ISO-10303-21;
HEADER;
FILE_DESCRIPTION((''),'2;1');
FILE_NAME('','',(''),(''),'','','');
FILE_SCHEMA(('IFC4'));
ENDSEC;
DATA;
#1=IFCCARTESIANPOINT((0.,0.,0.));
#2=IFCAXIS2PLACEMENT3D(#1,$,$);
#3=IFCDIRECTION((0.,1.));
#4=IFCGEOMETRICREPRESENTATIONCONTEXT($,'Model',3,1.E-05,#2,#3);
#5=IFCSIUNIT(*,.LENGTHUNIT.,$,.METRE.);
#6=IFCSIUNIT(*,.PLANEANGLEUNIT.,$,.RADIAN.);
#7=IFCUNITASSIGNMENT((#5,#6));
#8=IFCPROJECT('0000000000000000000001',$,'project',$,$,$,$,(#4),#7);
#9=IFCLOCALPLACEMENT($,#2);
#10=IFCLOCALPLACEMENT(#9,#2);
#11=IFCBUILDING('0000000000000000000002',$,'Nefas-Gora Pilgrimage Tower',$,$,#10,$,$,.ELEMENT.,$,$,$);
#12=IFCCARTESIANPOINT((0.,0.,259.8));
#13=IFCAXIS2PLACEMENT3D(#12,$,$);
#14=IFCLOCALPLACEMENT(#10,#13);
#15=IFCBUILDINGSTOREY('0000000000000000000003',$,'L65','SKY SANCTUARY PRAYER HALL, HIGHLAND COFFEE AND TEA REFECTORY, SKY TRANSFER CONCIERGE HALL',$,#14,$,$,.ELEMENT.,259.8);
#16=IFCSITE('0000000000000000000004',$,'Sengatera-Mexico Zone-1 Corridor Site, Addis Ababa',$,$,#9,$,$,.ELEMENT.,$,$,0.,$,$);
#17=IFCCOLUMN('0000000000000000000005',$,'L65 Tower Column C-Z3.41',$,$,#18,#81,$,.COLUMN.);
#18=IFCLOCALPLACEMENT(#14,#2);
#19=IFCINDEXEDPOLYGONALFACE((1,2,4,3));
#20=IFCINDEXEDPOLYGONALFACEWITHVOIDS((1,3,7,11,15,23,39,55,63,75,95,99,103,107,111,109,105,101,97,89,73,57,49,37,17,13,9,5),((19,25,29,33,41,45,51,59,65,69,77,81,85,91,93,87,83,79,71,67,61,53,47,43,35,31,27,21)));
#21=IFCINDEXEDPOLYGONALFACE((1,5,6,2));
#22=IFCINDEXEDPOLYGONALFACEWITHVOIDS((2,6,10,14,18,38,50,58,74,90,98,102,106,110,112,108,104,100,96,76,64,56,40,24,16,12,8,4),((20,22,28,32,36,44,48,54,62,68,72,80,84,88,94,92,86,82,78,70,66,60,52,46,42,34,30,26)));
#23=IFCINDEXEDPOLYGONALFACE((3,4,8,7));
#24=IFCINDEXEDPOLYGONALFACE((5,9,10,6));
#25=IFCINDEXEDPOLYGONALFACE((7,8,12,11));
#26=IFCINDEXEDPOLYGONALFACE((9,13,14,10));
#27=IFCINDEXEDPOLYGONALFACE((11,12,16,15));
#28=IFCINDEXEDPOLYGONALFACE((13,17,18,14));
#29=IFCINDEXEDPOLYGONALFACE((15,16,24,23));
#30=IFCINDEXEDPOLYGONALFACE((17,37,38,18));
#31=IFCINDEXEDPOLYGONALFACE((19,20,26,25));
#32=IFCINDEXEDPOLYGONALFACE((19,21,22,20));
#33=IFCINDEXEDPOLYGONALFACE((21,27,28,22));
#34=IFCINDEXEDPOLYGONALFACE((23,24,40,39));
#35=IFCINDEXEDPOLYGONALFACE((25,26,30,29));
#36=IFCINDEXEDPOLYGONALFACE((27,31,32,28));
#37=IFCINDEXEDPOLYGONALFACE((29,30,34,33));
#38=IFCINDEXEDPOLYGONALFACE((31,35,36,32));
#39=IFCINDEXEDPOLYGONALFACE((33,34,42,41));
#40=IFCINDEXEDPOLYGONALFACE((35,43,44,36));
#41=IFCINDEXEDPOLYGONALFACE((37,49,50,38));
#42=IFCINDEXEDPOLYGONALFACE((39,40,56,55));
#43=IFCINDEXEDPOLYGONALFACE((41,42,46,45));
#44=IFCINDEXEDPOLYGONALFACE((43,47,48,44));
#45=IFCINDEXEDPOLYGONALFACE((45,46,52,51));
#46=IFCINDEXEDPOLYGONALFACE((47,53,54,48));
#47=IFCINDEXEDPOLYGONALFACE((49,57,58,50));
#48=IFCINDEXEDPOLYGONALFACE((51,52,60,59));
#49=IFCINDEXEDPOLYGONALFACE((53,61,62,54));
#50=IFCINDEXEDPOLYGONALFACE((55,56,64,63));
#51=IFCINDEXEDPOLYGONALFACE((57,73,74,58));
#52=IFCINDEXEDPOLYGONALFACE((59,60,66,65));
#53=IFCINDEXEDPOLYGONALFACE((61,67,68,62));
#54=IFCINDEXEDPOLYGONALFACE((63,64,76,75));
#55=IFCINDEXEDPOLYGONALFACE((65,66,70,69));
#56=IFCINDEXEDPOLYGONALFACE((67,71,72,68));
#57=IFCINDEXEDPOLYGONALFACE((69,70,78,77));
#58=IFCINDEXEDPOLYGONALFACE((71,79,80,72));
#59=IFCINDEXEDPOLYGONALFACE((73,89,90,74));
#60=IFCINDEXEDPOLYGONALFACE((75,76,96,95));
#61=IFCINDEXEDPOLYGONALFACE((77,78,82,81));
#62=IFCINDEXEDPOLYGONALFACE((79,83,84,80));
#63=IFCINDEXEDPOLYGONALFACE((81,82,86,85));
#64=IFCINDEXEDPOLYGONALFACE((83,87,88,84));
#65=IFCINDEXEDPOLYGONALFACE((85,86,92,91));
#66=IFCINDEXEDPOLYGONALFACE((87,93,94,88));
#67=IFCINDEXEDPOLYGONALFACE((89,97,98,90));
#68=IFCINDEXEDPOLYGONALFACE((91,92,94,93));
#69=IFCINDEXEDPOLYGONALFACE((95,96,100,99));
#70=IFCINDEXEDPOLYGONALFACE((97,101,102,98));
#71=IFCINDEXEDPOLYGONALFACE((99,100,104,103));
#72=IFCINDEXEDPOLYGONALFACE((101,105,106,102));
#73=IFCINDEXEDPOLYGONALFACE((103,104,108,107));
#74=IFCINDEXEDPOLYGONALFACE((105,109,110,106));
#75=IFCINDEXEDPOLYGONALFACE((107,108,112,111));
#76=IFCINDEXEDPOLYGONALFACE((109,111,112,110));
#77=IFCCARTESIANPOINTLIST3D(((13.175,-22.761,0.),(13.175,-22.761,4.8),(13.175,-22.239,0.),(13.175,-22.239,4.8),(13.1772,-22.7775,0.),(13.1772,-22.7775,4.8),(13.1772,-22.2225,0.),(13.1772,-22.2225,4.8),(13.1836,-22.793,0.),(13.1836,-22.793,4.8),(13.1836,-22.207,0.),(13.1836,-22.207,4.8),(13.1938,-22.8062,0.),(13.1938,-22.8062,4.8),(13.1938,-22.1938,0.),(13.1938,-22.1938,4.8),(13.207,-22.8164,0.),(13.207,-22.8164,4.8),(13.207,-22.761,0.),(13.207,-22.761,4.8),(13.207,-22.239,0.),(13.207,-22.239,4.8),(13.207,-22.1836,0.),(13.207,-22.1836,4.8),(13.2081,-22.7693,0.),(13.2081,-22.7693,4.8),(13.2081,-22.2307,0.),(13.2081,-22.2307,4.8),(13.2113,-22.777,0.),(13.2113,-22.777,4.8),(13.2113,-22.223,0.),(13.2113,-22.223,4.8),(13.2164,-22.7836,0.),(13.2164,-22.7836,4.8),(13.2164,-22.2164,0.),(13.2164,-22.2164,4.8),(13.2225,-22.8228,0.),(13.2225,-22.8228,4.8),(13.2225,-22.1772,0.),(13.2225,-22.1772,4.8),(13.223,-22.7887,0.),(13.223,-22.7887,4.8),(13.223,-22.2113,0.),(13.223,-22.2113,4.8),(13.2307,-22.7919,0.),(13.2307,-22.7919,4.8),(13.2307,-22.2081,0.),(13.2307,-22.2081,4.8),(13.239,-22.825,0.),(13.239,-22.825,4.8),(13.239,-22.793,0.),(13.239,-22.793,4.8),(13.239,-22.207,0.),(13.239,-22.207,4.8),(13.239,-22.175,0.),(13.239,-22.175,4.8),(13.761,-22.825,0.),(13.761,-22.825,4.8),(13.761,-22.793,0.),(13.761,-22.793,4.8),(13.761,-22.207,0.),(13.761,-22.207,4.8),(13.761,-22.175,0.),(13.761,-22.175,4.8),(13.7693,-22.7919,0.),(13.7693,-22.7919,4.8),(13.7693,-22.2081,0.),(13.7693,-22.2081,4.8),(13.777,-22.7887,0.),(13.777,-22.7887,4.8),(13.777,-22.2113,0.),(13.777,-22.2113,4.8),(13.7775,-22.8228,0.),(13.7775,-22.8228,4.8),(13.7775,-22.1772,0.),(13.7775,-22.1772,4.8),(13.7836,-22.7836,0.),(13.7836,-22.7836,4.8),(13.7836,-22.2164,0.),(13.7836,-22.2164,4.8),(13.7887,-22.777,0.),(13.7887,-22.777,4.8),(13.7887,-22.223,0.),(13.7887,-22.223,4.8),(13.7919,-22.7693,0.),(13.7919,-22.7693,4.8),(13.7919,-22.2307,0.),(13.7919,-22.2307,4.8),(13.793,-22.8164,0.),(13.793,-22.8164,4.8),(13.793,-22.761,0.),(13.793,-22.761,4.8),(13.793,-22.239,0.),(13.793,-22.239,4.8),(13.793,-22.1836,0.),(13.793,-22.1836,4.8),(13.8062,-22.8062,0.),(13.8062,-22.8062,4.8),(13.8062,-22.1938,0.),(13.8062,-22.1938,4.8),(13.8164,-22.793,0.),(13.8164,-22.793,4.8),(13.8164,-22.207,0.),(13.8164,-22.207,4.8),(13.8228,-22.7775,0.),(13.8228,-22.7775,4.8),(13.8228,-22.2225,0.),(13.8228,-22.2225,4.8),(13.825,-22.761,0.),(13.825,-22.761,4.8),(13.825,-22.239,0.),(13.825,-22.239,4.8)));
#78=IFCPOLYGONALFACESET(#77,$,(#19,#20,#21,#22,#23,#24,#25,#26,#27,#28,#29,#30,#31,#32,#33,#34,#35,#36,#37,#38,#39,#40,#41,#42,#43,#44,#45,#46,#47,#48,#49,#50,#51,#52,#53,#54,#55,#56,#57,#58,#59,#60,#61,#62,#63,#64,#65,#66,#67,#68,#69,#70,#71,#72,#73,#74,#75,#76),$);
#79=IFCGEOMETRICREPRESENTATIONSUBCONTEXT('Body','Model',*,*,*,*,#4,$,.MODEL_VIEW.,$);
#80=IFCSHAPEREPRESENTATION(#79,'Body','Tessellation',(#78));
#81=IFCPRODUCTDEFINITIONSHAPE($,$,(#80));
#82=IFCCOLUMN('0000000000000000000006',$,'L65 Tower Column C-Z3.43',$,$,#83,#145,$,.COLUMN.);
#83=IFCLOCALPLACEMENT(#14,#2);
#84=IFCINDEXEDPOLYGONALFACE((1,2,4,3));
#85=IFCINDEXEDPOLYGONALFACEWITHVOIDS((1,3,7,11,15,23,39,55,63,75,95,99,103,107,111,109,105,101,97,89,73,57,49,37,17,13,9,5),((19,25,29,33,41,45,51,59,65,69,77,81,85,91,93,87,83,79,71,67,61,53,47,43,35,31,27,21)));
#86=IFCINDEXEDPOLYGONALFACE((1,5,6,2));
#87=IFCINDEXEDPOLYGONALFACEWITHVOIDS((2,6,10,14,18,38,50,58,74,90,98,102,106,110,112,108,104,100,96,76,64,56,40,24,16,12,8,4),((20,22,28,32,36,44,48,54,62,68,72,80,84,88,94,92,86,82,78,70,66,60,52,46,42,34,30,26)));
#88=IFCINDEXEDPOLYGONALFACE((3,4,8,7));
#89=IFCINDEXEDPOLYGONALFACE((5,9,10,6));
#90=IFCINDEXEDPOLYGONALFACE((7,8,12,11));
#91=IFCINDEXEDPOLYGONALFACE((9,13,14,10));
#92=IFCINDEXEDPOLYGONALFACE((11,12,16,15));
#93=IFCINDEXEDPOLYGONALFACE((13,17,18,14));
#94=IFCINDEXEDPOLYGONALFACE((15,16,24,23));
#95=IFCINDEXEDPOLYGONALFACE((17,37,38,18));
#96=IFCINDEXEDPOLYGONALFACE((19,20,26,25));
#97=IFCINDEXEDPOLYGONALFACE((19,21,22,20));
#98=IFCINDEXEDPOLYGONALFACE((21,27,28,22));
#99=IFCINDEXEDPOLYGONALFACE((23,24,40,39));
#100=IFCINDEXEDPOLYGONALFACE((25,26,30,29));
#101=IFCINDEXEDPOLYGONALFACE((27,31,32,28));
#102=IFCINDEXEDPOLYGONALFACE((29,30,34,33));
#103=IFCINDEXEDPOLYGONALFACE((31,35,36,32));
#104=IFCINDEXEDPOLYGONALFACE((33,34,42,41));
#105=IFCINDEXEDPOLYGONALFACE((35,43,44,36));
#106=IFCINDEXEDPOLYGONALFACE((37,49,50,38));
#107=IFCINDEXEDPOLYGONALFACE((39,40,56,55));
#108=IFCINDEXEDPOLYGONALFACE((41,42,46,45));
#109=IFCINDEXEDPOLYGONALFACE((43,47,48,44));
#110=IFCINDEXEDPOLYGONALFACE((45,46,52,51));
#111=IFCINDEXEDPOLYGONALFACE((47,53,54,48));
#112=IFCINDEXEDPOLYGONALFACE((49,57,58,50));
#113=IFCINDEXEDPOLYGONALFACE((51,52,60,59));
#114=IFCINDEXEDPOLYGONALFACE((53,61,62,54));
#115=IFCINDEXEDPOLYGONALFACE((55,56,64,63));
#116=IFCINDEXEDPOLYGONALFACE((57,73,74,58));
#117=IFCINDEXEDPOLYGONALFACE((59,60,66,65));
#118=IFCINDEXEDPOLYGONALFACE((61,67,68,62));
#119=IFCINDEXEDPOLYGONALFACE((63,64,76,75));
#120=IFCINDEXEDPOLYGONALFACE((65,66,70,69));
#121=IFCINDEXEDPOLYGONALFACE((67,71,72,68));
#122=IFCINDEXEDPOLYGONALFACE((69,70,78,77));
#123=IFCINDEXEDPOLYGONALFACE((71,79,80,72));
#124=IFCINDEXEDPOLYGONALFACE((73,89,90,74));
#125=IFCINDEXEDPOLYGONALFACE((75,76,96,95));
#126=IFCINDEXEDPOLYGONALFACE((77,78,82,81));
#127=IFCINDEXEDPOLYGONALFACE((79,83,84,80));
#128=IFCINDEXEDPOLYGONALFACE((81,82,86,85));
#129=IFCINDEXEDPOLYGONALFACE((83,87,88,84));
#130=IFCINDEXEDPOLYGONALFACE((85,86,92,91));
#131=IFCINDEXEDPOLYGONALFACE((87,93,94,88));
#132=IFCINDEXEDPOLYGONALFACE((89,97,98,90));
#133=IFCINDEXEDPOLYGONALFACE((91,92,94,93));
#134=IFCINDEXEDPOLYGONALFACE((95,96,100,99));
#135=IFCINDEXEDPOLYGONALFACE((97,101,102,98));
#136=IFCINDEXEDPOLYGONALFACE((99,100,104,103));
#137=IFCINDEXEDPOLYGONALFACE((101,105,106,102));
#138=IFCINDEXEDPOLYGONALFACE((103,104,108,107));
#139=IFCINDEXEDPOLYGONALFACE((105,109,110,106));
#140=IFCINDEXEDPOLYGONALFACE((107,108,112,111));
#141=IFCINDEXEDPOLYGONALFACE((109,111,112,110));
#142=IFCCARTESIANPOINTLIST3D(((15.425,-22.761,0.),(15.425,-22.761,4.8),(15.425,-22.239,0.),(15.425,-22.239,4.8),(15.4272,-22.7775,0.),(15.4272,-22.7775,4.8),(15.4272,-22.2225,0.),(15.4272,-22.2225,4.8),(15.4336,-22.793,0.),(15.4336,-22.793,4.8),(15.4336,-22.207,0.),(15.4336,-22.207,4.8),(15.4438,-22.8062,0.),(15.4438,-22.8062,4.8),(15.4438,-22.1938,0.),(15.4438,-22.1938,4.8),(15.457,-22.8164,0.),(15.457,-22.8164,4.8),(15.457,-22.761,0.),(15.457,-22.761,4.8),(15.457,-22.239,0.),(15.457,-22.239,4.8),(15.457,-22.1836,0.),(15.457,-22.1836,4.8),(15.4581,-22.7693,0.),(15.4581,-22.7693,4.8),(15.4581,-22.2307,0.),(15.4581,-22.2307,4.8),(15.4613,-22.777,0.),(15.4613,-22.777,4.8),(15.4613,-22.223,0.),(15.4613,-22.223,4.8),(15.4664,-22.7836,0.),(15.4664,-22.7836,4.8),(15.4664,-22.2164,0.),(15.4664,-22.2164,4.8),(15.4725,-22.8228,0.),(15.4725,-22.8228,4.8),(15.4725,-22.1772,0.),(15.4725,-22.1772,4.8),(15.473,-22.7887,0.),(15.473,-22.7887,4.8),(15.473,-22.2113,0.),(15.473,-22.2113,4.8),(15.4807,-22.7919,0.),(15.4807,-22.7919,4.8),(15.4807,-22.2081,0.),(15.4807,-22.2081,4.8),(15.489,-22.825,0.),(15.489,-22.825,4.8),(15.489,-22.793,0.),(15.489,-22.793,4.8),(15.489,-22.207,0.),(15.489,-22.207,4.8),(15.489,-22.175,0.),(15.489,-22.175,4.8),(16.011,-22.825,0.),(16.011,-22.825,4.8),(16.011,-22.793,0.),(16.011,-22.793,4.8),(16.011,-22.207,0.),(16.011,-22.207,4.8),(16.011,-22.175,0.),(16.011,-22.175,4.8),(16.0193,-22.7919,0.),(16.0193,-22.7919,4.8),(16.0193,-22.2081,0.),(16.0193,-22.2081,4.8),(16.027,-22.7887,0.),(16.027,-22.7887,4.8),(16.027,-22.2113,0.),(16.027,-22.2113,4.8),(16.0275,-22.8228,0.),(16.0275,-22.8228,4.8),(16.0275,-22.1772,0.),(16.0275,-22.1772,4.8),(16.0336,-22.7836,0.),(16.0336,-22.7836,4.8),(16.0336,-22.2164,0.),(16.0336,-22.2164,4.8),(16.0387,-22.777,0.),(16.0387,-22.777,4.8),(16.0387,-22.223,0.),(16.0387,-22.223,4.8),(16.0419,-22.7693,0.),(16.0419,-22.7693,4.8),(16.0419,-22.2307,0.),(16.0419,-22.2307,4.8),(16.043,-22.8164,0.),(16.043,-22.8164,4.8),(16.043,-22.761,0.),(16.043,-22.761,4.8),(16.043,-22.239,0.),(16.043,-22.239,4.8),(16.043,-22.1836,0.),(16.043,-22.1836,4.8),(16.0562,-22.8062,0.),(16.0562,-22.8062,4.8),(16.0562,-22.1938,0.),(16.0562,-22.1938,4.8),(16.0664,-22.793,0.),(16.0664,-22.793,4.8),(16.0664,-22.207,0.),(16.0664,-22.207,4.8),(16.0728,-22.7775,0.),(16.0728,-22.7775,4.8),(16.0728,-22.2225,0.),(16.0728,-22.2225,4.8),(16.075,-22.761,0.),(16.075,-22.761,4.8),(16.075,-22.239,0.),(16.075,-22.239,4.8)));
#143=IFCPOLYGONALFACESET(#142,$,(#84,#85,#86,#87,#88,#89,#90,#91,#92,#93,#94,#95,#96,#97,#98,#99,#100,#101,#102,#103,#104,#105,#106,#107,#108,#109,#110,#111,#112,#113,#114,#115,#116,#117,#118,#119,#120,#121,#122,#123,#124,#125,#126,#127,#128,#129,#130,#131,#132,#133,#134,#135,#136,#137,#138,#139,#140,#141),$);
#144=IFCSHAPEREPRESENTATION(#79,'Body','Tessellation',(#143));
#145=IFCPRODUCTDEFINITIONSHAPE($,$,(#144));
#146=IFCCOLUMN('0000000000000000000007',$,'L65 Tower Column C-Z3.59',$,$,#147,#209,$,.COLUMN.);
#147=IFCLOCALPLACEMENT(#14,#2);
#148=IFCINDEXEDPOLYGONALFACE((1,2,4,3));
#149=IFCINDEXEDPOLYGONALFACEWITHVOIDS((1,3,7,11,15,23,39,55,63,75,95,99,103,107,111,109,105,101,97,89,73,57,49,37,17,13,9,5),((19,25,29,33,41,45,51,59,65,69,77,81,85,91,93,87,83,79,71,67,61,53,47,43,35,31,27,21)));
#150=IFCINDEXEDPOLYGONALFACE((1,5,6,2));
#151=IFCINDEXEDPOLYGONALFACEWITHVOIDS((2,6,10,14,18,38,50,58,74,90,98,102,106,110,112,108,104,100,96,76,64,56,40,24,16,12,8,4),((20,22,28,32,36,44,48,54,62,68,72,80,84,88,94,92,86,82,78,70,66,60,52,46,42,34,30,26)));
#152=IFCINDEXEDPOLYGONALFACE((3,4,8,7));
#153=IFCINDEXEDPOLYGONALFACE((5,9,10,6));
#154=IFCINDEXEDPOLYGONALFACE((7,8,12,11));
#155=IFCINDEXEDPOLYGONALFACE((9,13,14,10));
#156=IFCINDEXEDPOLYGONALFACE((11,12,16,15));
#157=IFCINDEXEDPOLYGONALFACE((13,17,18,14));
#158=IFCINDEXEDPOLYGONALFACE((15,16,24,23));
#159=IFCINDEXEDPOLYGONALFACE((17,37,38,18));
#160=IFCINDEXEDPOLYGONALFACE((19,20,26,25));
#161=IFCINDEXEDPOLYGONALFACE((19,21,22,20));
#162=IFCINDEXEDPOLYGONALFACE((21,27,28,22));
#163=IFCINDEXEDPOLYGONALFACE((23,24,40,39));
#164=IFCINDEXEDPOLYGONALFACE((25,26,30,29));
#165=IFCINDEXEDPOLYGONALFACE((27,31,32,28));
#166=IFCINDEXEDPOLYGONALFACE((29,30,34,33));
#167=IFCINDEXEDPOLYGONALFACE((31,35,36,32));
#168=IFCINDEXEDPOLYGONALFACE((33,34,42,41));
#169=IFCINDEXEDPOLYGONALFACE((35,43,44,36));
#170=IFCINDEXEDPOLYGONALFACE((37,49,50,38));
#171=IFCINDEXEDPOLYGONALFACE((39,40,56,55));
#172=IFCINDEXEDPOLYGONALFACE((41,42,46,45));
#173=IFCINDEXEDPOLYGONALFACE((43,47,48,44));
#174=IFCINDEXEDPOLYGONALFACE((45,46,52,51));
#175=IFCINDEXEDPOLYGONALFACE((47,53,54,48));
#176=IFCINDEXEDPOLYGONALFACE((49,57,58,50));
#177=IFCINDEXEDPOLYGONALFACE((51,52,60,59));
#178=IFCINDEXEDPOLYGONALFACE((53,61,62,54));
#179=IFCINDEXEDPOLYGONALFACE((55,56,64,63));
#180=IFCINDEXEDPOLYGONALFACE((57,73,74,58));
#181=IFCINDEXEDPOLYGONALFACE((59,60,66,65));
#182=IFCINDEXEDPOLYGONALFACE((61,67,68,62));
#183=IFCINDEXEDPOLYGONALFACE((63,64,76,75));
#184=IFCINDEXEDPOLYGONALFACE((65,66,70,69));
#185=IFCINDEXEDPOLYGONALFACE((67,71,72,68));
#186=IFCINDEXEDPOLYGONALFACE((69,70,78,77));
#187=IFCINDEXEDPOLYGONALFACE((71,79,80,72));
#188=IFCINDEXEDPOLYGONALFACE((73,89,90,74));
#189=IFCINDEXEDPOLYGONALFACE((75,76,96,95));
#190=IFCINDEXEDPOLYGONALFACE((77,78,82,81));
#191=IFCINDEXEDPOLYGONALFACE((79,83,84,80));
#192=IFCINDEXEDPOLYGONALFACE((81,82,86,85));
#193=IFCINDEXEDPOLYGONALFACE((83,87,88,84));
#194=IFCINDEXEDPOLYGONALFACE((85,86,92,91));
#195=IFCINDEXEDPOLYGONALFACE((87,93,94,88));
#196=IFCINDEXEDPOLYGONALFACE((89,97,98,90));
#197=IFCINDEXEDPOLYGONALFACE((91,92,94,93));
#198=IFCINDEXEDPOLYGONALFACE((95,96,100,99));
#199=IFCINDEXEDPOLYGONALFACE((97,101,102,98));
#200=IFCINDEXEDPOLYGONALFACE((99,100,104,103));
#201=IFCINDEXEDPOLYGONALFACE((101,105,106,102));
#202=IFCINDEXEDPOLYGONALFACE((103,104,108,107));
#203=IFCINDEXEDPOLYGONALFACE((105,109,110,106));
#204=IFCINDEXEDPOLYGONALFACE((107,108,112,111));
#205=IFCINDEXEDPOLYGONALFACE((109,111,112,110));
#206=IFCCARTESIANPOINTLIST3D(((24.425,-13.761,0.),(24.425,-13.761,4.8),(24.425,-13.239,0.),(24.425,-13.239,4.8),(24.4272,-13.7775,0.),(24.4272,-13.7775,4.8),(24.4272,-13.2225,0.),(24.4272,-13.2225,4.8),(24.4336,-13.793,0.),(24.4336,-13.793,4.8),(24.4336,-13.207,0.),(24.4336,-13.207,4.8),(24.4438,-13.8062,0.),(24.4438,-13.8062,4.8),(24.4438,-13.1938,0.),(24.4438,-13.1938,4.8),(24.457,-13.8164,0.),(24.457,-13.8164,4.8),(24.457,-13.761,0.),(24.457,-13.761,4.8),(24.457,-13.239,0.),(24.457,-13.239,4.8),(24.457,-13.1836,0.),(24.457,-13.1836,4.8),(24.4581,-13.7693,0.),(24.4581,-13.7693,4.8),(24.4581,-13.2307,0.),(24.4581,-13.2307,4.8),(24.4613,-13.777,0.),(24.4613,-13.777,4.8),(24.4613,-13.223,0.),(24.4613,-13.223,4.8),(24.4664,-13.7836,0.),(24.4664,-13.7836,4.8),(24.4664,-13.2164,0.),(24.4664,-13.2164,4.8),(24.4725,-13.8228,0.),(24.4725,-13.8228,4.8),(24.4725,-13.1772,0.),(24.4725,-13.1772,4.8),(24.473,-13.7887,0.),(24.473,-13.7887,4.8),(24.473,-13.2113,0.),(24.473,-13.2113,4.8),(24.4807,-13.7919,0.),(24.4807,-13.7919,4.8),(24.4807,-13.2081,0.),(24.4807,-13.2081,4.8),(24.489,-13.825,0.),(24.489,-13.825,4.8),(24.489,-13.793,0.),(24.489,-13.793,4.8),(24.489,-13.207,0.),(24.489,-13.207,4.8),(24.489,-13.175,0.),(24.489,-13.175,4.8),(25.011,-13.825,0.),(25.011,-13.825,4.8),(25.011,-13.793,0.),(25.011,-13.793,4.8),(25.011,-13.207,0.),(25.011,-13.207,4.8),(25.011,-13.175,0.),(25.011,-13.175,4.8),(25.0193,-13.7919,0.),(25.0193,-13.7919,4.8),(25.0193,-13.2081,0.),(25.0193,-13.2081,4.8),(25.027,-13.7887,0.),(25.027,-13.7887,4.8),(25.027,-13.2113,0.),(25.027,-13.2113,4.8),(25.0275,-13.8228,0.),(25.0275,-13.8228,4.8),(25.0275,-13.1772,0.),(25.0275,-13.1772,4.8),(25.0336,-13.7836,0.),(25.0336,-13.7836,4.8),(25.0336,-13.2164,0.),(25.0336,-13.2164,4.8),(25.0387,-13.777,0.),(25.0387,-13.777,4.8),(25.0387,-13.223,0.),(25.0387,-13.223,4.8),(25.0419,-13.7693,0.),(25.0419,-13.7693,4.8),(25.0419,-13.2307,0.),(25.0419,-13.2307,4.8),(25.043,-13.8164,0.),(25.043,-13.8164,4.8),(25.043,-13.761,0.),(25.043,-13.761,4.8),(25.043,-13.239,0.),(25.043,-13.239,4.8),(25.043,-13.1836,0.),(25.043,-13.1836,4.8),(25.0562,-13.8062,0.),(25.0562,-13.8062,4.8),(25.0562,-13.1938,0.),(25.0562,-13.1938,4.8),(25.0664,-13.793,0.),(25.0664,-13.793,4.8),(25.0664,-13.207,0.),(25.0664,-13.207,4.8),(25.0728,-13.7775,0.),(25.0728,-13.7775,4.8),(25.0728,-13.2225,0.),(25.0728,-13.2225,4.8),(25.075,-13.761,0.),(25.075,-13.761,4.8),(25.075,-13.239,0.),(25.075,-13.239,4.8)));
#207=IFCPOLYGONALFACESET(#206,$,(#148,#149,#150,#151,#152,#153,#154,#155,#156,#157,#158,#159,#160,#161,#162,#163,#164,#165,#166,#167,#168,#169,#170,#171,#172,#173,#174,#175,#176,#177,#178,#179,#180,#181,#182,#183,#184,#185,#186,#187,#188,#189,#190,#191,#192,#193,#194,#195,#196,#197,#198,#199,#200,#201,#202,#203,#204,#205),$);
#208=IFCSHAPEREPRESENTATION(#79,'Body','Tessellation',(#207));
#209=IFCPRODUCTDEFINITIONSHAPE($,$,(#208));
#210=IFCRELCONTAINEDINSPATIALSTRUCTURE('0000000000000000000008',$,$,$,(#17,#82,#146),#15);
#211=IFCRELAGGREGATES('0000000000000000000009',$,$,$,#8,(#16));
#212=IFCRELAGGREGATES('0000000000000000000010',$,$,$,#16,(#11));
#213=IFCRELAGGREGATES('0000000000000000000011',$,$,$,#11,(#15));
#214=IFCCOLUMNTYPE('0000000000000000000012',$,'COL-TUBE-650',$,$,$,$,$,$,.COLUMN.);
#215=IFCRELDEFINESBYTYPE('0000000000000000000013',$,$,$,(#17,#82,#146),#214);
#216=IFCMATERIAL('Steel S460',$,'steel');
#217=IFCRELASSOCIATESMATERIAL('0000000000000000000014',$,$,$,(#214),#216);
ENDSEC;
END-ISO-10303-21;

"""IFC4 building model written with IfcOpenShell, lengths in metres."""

from ifc_helpers import new_model, si_unit, direction, frame, origin, origin_2d, place, context, subcontext, project, spatial, hollow_rectangle, extrude, source, transform, mapped, material, material_profile, profile_set, type_object, element, save


model = new_model("IFC4")

# Units and contexts
model_context = context("Model", 3, precision=1e-05, world=origin(), true_north=direction((0.0, 1.0)))
body_context = subcontext(model_context, "Body", "Model", "MODEL_VIEW")
ifc_project = project(units=[si_unit("LENGTHUNIT", "METRE"), si_unit("PLANEANGLEUNIT", "RADIAN")], contexts=[model_context])

# Site, building, storey
site_placement = place(None, origin())
site = spatial("IfcSite", under=ifc_project, at=site_placement, Name="Sengatera-Mexico Zone-1 Corridor Site, Addis Ababa", CompositionType="ELEMENT", RefElevation=0.0)
building_placement = place(site_placement, origin())
building = spatial("IfcBuilding", under=site, at=building_placement, Name="Nefas-Gora Pilgrimage Tower", CompositionType="ELEMENT")
storey_placement = place(building_placement, frame((0.0, 0.0, 259.8)))
storey = spatial("IfcBuildingStorey", under=building, at=storey_placement, Name="L65", Description="SKY SANCTUARY PRAYER HALL, HIGHLAND COFFEE AND TEA REFECTORY, SKY TRANSFER CONCIERGE HALL", CompositionType="ELEMENT", Elevation=259.8)

# Columns
ifc_material_1 = material(Name="Steel S460", Category="steel")
ifc_material_profile_1 = material_profile(ifc_material_1, hollow_rectangle(XDim=0.6499, YDim=0.6499, WallThickness=0.032, InnerFilletRadius=0.032, OuterFilletRadius=0.064, at=origin_2d()), Name="BOX 650x650x32")
ifc_profile_set_1 = profile_set([ifc_material_profile_1], Name="Steel S460")
column_type_1 = type_object("IfcColumnType", Name="COL-TUBE-650", PredefinedType="COLUMN", material=ifc_profile_set_1)
shared_shape_1 = source(origin(), body_context, "Body", "SweptSolid", [
    extrude(hollow_rectangle(XDim=0.6499, YDim=0.6499, WallThickness=0.032, InnerFilletRadius=0.032, OuterFilletRadius=0.064, at=origin_2d()), origin(), (0.0, 0.0, 1.0), 4.8),
])
for number, where, z_axis, x_axis, name in (
    (1, (13.5, -22.5, 0.0), (0.0, 0.0, 1.0), (1.0, 0.0, 0.0), "L65 Tower Column C-Z3.41"),
    (2, (15.75, -22.5, 0.0), (0.0, 0.0, 1.0), (1.0, 0.0, 0.0), "L65 Tower Column C-Z3.43"),
    (3, (24.75, -13.5, 0.0), (0.0, 0.0, 1.0), (1.0, 0.0, 0.0), "L65 Tower Column C-Z3.59"),
):
    element("IfcColumn", number, at=place(storey_placement, frame(where, z_axis=z_axis, x_axis=x_axis)), inside=storey, type_object=column_type_1, Name=name, PredefinedType="COLUMN", context=body_context, shape_type="MappedRepresentation", body=[
        mapped(shared_shape_1, transform((0.0, 0.0, 0.0), x_axis=(1.0, 0.0, 0.0), y_axis=(0.0, 1.0, 0.0), z_axis=(0.0, 0.0, 1.0), scale=1.0)),
    ])

save(model, "model.ifc")
